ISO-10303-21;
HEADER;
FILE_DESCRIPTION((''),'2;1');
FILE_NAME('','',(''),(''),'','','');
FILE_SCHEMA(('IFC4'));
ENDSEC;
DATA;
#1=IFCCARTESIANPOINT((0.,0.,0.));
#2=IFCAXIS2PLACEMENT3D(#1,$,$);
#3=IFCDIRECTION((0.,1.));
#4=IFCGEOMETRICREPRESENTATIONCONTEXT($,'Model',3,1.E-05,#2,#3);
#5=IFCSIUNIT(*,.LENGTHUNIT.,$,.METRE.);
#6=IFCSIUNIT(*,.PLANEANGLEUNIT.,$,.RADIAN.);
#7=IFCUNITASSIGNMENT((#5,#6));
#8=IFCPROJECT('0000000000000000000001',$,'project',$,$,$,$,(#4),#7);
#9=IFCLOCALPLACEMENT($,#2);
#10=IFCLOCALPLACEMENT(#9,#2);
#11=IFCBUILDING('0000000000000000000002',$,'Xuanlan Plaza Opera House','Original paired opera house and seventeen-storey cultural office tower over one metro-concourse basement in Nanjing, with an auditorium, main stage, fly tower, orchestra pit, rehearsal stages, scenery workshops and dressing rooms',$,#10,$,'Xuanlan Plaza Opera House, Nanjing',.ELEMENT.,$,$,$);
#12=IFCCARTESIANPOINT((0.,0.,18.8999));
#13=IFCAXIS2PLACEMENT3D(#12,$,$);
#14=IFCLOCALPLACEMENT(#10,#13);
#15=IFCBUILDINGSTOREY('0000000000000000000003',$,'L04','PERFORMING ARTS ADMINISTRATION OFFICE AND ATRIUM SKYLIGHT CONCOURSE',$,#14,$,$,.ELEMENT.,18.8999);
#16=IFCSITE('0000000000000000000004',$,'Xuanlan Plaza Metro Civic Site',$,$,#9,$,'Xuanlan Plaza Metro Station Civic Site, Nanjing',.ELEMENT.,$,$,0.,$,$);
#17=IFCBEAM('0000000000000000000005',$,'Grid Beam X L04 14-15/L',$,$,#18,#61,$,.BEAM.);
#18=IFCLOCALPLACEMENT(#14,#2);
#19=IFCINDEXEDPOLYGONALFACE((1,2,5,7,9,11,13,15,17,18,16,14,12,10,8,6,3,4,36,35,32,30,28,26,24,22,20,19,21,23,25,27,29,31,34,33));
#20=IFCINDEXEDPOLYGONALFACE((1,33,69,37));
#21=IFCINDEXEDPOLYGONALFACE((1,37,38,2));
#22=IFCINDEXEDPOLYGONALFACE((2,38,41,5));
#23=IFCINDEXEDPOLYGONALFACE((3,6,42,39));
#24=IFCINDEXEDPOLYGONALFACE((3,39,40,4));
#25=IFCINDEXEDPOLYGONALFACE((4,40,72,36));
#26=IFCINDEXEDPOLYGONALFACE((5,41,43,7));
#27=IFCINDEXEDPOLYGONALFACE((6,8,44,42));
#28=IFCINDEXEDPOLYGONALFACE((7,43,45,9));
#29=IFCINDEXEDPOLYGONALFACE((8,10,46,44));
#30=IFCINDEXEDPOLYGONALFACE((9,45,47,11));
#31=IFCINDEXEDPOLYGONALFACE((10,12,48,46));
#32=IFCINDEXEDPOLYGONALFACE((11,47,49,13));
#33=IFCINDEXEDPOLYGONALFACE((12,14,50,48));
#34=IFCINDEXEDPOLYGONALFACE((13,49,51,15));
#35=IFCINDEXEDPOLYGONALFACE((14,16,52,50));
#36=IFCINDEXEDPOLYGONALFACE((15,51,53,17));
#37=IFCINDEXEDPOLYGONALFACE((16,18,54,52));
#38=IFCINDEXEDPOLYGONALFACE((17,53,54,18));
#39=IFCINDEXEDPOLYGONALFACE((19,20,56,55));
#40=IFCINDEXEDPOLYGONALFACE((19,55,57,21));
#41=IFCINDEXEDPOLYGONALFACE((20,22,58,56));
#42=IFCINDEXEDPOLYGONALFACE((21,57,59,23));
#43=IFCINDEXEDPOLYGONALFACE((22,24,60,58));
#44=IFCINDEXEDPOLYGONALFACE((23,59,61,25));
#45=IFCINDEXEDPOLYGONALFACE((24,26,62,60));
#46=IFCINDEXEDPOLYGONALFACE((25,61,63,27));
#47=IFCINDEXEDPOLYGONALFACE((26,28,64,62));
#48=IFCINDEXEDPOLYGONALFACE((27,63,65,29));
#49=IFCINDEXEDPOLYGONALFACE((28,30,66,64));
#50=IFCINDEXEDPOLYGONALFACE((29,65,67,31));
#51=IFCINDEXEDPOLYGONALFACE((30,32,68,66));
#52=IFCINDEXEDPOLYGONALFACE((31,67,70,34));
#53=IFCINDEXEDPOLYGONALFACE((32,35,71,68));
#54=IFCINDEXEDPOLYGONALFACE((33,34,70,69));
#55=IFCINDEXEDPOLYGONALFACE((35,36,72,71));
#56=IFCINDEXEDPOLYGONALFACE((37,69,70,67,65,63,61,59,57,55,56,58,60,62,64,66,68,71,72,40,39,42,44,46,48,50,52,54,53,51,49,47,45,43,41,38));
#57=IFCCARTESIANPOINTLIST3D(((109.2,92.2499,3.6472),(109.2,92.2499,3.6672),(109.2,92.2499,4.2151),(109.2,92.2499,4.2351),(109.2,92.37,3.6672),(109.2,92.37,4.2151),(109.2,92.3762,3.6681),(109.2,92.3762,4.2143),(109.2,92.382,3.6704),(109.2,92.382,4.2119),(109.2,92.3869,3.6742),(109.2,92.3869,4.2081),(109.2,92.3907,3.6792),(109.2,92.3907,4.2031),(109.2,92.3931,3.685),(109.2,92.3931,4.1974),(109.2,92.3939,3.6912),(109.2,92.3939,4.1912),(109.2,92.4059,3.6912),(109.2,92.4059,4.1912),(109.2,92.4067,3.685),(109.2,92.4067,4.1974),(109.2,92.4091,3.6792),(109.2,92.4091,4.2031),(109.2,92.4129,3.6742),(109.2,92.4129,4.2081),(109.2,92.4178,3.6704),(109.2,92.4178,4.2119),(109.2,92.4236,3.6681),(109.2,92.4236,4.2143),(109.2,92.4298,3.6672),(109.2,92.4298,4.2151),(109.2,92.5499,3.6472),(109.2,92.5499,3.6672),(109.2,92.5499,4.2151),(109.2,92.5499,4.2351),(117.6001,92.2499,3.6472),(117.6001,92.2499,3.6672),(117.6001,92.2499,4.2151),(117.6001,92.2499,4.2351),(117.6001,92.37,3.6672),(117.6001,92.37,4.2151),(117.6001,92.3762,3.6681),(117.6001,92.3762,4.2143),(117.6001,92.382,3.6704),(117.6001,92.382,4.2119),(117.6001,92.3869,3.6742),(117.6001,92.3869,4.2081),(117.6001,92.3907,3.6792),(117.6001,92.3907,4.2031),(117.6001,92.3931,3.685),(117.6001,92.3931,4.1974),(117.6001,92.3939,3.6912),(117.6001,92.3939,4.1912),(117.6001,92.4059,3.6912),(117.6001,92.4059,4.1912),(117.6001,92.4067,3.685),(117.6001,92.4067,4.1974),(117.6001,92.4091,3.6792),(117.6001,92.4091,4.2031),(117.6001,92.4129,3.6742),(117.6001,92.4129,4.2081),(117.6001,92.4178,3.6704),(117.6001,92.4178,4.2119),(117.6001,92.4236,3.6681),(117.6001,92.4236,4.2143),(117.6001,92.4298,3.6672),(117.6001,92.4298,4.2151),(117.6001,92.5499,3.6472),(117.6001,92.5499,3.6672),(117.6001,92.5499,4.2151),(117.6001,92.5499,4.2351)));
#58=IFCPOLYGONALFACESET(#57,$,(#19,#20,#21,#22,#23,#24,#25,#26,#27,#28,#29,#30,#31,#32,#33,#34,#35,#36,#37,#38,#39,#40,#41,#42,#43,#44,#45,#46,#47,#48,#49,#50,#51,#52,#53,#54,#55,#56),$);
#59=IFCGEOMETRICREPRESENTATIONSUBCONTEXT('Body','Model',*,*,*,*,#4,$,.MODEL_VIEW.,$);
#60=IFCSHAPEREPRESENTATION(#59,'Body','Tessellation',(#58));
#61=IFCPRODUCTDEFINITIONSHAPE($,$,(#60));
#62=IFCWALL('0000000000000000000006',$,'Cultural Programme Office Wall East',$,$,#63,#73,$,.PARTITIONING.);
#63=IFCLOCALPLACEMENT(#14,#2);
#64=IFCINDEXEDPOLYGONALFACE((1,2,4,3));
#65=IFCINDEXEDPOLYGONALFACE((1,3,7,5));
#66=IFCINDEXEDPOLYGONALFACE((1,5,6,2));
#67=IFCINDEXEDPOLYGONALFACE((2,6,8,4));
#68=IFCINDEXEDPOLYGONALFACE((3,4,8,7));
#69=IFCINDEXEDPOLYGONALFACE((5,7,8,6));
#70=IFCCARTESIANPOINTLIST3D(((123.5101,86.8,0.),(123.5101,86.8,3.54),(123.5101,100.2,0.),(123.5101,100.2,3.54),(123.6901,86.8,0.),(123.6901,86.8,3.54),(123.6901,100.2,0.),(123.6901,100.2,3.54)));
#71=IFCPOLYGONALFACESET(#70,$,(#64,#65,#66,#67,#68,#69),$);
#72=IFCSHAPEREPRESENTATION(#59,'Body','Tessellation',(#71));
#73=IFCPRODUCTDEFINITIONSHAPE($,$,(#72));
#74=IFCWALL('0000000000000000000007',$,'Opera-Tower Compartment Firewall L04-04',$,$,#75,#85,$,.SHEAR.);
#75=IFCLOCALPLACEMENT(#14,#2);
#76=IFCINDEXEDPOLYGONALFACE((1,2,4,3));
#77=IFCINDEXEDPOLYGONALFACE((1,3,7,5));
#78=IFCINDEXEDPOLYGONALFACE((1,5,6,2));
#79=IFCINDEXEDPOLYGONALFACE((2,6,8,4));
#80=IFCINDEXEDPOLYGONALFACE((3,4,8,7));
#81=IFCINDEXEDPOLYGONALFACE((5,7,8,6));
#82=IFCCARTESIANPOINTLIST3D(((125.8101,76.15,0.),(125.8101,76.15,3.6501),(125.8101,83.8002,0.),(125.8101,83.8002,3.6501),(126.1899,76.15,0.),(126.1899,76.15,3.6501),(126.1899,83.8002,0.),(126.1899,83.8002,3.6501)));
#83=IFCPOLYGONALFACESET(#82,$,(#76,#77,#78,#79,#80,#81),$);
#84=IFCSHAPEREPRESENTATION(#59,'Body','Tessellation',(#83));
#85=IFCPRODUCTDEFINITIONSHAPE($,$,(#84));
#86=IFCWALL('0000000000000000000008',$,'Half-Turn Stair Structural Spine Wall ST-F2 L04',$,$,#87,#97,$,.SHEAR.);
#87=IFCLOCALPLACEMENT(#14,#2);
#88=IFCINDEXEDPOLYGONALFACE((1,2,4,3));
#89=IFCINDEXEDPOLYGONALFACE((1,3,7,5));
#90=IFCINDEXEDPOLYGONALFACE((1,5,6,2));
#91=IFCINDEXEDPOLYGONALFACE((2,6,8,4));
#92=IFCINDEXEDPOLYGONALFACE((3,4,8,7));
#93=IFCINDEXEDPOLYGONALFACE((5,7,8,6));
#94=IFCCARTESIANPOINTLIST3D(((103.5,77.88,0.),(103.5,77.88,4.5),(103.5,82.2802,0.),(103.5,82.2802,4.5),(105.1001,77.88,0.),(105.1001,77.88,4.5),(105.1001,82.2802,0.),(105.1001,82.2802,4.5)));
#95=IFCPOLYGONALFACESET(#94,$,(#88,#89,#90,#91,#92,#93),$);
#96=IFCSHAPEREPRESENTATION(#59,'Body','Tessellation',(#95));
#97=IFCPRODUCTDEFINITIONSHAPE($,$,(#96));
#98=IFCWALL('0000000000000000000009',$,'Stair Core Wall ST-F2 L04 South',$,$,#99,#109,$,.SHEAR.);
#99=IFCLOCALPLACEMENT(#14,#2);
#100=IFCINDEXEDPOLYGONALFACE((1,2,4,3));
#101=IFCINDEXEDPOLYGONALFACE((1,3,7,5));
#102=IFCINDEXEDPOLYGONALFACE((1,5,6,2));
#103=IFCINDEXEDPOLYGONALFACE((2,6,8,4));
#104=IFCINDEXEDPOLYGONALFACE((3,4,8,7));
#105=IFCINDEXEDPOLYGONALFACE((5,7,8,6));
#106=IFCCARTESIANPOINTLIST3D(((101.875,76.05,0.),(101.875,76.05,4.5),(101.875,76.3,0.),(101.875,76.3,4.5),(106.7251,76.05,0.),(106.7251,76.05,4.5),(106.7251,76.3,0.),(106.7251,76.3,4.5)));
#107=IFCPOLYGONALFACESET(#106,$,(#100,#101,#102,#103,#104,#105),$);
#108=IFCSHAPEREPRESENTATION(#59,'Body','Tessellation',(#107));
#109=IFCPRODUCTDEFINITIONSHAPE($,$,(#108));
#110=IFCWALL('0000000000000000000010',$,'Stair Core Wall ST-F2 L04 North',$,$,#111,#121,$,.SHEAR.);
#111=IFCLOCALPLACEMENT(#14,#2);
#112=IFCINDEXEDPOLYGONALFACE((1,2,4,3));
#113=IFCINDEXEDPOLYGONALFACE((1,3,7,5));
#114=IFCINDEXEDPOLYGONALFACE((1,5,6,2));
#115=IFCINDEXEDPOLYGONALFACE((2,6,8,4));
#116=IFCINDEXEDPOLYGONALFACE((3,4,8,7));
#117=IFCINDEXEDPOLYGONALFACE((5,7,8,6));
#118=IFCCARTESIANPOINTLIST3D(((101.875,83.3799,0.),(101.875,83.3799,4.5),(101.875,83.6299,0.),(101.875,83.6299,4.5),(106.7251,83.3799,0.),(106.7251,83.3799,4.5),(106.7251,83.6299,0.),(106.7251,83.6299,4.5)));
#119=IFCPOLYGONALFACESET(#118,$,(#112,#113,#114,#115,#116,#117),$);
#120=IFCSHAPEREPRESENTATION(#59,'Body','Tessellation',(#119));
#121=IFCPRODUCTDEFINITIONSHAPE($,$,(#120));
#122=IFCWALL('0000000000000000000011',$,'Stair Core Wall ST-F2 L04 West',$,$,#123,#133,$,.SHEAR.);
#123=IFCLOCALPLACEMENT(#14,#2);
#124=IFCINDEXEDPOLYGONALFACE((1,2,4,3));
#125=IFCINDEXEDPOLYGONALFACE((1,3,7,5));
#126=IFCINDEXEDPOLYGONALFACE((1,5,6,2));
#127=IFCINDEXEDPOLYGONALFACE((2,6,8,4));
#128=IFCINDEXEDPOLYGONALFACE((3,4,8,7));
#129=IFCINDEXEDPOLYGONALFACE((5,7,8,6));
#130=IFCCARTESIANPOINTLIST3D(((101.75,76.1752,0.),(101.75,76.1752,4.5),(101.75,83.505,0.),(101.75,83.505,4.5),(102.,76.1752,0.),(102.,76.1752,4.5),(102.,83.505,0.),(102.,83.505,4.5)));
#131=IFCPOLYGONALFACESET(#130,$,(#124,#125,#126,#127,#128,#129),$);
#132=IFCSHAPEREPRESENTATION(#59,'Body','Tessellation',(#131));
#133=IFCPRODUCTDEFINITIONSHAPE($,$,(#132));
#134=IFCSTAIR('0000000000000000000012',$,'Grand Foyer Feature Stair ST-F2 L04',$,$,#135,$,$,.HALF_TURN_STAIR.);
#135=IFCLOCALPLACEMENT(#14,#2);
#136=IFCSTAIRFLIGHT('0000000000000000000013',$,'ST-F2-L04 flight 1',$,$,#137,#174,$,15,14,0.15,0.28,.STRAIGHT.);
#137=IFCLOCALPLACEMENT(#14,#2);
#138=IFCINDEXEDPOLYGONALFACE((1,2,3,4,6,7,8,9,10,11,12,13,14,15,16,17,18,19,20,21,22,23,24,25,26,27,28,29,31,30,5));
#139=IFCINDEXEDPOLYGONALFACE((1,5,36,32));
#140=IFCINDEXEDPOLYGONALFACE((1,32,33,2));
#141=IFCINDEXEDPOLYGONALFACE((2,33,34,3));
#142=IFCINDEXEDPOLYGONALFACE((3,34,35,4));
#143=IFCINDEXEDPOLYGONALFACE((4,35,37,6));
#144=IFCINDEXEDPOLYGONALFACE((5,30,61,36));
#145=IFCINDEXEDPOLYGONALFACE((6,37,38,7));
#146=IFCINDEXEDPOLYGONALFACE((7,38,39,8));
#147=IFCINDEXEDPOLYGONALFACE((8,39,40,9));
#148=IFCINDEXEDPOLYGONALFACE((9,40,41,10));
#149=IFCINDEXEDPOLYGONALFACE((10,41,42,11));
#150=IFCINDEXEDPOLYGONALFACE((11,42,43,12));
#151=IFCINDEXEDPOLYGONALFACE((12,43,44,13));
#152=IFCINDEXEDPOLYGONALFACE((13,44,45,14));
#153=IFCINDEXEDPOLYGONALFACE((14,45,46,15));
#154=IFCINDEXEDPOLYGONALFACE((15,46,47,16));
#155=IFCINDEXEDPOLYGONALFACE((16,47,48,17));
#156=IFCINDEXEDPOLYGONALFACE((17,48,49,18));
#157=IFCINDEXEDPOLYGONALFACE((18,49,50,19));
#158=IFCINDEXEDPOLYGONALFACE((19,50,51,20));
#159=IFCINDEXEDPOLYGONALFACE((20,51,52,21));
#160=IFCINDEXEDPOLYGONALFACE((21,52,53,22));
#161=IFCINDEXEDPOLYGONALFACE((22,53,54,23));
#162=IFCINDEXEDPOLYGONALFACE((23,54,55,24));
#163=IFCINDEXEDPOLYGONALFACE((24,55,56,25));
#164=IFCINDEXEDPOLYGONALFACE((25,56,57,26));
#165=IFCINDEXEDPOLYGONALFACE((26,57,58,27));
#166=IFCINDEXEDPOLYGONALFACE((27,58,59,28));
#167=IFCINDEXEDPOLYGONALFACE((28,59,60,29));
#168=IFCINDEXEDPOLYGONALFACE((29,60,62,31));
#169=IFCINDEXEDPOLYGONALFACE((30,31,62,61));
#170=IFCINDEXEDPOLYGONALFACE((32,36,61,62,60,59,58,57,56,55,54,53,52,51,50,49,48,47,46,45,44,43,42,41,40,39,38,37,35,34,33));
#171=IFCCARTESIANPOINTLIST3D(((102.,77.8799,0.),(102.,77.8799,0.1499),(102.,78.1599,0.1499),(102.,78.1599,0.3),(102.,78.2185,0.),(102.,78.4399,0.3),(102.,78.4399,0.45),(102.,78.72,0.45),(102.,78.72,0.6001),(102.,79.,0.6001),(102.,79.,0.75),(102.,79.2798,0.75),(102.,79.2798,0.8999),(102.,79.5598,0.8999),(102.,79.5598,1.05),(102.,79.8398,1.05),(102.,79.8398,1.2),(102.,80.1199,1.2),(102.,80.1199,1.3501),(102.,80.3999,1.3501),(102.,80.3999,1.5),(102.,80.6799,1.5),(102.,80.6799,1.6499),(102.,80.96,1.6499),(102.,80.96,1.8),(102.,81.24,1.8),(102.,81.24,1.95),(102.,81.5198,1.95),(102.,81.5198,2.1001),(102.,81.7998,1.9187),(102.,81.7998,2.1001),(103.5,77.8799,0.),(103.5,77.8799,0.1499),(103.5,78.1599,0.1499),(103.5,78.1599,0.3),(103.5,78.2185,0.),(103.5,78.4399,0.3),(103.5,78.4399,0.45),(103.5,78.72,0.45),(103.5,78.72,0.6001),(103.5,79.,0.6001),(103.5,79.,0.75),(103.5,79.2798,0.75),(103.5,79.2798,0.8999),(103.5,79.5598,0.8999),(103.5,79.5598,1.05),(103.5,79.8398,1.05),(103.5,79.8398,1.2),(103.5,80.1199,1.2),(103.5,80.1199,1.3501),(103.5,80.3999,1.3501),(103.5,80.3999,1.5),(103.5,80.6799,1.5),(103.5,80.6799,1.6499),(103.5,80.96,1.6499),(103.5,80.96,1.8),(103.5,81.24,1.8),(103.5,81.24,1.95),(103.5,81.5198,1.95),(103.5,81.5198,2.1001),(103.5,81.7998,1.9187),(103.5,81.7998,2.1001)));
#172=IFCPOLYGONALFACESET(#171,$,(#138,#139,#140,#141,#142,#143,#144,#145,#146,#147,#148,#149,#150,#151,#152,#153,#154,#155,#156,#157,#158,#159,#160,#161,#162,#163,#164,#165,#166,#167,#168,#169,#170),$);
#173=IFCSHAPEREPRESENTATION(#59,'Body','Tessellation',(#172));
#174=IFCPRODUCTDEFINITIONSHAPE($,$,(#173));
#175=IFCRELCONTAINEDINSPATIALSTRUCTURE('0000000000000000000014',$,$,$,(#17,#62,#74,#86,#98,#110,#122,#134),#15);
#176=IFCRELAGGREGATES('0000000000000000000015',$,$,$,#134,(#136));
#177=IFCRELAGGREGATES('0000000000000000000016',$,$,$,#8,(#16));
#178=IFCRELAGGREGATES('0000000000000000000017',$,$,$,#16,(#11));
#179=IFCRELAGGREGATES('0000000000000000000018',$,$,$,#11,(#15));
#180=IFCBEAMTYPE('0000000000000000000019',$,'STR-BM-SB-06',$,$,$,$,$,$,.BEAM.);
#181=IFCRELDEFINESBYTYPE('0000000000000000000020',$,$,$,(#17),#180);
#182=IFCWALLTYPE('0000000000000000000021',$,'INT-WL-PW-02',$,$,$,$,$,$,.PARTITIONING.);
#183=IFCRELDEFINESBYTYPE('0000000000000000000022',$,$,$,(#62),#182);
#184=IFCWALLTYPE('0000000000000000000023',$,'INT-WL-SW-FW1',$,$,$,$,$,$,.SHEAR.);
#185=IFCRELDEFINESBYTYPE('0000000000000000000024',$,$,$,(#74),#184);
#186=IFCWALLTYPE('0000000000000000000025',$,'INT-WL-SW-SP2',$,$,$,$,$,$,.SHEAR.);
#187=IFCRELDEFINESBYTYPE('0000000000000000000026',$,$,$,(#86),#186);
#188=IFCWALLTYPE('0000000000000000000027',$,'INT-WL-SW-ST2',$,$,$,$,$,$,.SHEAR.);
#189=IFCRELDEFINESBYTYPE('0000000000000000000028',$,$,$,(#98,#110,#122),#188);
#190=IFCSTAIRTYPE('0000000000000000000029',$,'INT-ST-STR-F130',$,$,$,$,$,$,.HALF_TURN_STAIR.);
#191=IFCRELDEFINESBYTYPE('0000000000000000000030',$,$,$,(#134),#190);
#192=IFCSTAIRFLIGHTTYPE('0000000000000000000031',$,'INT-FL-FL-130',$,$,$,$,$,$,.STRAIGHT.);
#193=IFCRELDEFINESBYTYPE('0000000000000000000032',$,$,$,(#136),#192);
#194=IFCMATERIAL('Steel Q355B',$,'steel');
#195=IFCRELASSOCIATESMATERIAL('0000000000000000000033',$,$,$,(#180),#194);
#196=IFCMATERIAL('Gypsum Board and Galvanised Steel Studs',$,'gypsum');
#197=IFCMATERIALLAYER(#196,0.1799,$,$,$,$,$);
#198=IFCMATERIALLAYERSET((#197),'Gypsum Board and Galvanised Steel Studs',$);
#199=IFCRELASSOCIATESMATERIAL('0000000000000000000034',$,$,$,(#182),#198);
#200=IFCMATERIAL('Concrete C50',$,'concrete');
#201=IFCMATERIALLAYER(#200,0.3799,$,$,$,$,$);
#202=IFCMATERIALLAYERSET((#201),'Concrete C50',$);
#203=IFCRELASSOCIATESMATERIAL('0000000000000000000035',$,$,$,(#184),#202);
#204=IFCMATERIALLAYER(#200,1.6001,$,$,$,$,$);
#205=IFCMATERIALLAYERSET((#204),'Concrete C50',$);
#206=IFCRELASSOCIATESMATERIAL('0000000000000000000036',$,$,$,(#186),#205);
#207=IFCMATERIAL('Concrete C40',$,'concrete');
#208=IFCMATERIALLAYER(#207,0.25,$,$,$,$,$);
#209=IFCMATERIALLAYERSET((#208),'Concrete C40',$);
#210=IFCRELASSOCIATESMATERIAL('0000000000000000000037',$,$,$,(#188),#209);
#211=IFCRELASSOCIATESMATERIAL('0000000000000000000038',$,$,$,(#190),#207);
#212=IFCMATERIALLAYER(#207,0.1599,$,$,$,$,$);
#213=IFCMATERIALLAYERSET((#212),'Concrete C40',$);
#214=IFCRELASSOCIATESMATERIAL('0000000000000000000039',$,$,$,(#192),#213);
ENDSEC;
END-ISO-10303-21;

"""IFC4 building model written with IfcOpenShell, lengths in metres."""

from ifc_helpers import new_model, si_unit, direction, frame, frame_2d, origin, origin_2d, place, context, subcontext, project, spatial, polyline, rectangle, i_section, outline, extrude, material, layer, layer_set, material_profile, profile_set, type_object, element, aggregate, save


model = new_model("IFC4")

# Units and contexts
model_context = context("Model", 3, precision=1e-05, world=origin(), true_north=direction((0.0, 1.0)))
body_context = subcontext(model_context, "Body", "Model", "MODEL_VIEW")
ifc_project = project(units=[si_unit("LENGTHUNIT", "METRE"), si_unit("PLANEANGLEUNIT", "RADIAN")], contexts=[model_context])

# Site, building, storey
site_placement = place(None, origin())
site = spatial("IfcSite", under=ifc_project, at=site_placement, Name="Xuanlan Plaza Metro Civic Site", LongName="Xuanlan Plaza Metro Station Civic Site, Nanjing", CompositionType="ELEMENT", RefElevation=0.0)
building_placement = place(site_placement, origin())
building = spatial("IfcBuilding", under=site, at=building_placement, Name="Xuanlan Plaza Opera House", Description="Original paired opera house and seventeen-storey cultural office tower over one metro-concourse basement in Nanjing, with an auditorium, main stage, fly tower, orchestra pit, rehearsal stages, scenery workshops and dressing rooms", LongName="Xuanlan Plaza Opera House, Nanjing", CompositionType="ELEMENT")
storey_placement = place(building_placement, frame((0.0, 0.0, 18.8999)))
storey = spatial("IfcBuildingStorey", under=building, at=storey_placement, Name="L04", Description="PERFORMING ARTS ADMINISTRATION OFFICE AND ATRIUM SKYLIGHT CONCOURSE", CompositionType="ELEMENT", Elevation=18.8999)

# Shared definitions
ifc_material_1 = material(Name="Concrete C40", Category="concrete")
ifc_material_2 = material(Name="Steel Q355B", Category="steel")

# Beam
ifc_material_3 = material(Name="Concrete C50", Category="concrete")
ifc_material_profile_1 = material_profile(ifc_material_2, i_section(OverallWidth=0.3, OverallDepth=0.5879, WebThickness=0.012, FlangeThickness=0.02, FilletRadius=0.0239, at=origin_2d()), Name="HM 588x300x12x20")
ifc_profile_set_1 = profile_set([ifc_material_profile_1], Name="Steel Q355B")
beam_type_1 = type_object("IfcBeamType", Name="STR-BM-SB-06", PredefinedType="BEAM", material=ifc_profile_set_1)
beam_1_placement = place(storey_placement, frame((109.2, 92.3999, 3.9412), z_axis=(1.0, 0.0, 0.0), x_axis=(0.0, 1.0, 0.0)))
element("IfcBeam", 1, at=beam_1_placement, inside=storey, type_object=beam_type_1, Name="Grid Beam X L04 14-15/L", PredefinedType="BEAM", context=body_context, shape_type="SweptSolid", body=[
    extrude(i_section(OverallWidth=0.3, OverallDepth=0.5879, WebThickness=0.012, FlangeThickness=0.02, FilletRadius=0.0239, at=origin_2d()), origin(), (0.0, 0.0, 1.0), 8.4001),
])

# Walls
ifc_material_4 = material(Name="Gypsum Board and Galvanised Steel Studs", Category="gypsum")
ifc_layer_1 = layer(ifc_material_4, 0.1799)
ifc_layer_set_1 = layer_set([ifc_layer_1], Name="Gypsum Board and Galvanised Steel Studs")
wall_type_1 = type_object("IfcWallType", Name="INT-WL-PW-02", PredefinedType="PARTITIONING", material=ifc_layer_set_1)
wall_1_placement = place(storey_placement, frame((123.6001, 86.8, 0.0), z_axis=(0.0, 0.0, 1.0), x_axis=(0.0, 1.0, 0.0)))
element("IfcWall", 2, at=wall_1_placement, inside=storey, type_object=wall_type_1, Name="Cultural Programme Office Wall East", PredefinedType="PARTITIONING", context=body_context, shape_type="SweptSolid", body=[
    extrude(rectangle(XDim=13.3999, YDim=0.1799, at=frame_2d((6.7, 0.0))), origin(), (0.0, 0.0, 1.0), 3.54),
])
ifc_layer_2 = layer(ifc_material_3, 0.3799)
ifc_layer_set_2 = layer_set([ifc_layer_2], Name="Concrete C50")
wall_type_2 = type_object("IfcWallType", Name="INT-WL-SW-FW1", PredefinedType="SHEAR", material=ifc_layer_set_2)
wall_2_placement = place(storey_placement, frame((126.0, 76.1499, 0.0), z_axis=(0.0, 0.0, 1.0), x_axis=(0.0, 1.0, 0.0)))
element("IfcWall", 3, at=wall_2_placement, inside=storey, type_object=wall_type_2, Name="Opera-Tower Compartment Firewall L04-04", PredefinedType="SHEAR", context=body_context, shape_type="SweptSolid", body=[
    extrude(rectangle(XDim=7.6501, YDim=0.3799, at=frame_2d((3.8252, 0.0))), origin(), (0.0, 0.0, 1.0), 3.6501),
])
ifc_layer_3 = layer(ifc_material_3, 1.6001)
ifc_layer_set_3 = layer_set([ifc_layer_3], Name="Concrete C50")
wall_type_3 = type_object("IfcWallType", Name="INT-WL-SW-SP2", PredefinedType="SHEAR", material=ifc_layer_set_3)
wall_3_placement = place(storey_placement, frame((104.3, 77.8799, 0.0), z_axis=(0.0, 0.0, 1.0), x_axis=(0.0, 1.0, 0.0)))
element("IfcWall", 4, at=wall_3_placement, inside=storey, type_object=wall_type_3, Name="Half-Turn Stair Structural Spine Wall ST-F2 L04", PredefinedType="SHEAR", context=body_context, shape_type="SweptSolid", body=[
    extrude(rectangle(XDim=4.4001, YDim=1.6001, at=frame_2d((2.2002, 0.0))), origin(), (0.0, 0.0, 1.0), 4.5),
])
ifc_layer_4 = layer(ifc_material_1, 0.25)
ifc_layer_set_4 = layer_set([ifc_layer_4], Name="Concrete C40")
wall_type_4 = type_object("IfcWallType", Name="INT-WL-SW-ST2", PredefinedType="SHEAR", material=ifc_layer_set_4)
for number, where, z_axis, x_axis, name in (
    (5, (101.875, 76.175, 0.0), (0.0, 0.0, 1.0), (1.0, 0.0, 0.0), "Stair Core Wall ST-F2 L04 South"),
    (6, (101.875, 83.5049, 0.0), (0.0, 0.0, 1.0), (1.0, 0.0, 0.0), "Stair Core Wall ST-F2 L04 North"),
):
    element("IfcWall", number, at=place(storey_placement, frame(where, z_axis=z_axis, x_axis=x_axis)), inside=storey, type_object=wall_type_4, Name=name, PredefinedType="SHEAR", context=body_context, shape_type="SweptSolid", body=[
        extrude(rectangle(XDim=4.8501, YDim=0.25, at=frame_2d((2.425, 0.0))), origin(), (0.0, 0.0, 1.0), 4.5),
    ])
wall_4_placement = place(storey_placement, frame((101.875, 76.175, 0.0), z_axis=(0.0, 0.0, 1.0), x_axis=(0.0, 1.0, 0.0)))
element("IfcWall", 7, at=wall_4_placement, inside=storey, type_object=wall_type_4, Name="Stair Core Wall ST-F2 L04 West", PredefinedType="SHEAR", context=body_context, shape_type="SweptSolid", body=[
    extrude(rectangle(XDim=7.3298, YDim=0.25, at=frame_2d((3.665, 0.0))), origin(), (0.0, 0.0, 1.0), 4.5),
])

# Stair, stair flight
stair_type = type_object("IfcStairType", Name="INT-ST-STR-F130", PredefinedType="HALF_TURN_STAIR", material=ifc_material_1)
stair_placement = place(storey_placement, origin())
stair = element("IfcStair", 8, at=stair_placement, inside=storey, type_object=stair_type, Name="Grand Foyer Feature Stair ST-F2 L04", PredefinedType="HALF_TURN_STAIR")
ifc_layer_5 = layer(ifc_material_1, 0.1599)
ifc_layer_set_5 = layer_set([ifc_layer_5], Name="Concrete C40")
stair_flight_type = type_object("IfcStairFlightType", Name="INT-FL-FL-130", PredefinedType="STRAIGHT", material=ifc_layer_set_5)
stair_flight_1_placement = place(storey_placement, frame((102.75, 77.8799, 0.0), z_axis=(0.0, 0.0, 1.0), x_axis=(0.0, 1.0, 0.0)))
stair_flight_1 = element("IfcStairFlight", 9, at=stair_flight_1_placement, type_object=stair_flight_type, Name="ST-F2-L04 flight 1", NumberOfRisers=15, NumberOfTreads=14, PredefinedType="STRAIGHT", RiserHeight=0.15, TreadLength=0.28, context=body_context, shape_type="SweptSolid", body=[
    extrude(outline(polyline([(0.0, 0.0), (0.0, 0.1499), (0.28, 0.1499), (0.28, 0.3), (0.5601, 0.3), (0.5601, 0.45), (0.8401, 0.45), (0.8401, 0.6001), (1.1201, 0.6001), (1.1201, 0.75), (1.3999, 0.75), (1.3999, 0.8999), (1.6799, 0.8999), (1.6799, 1.05), (1.96, 1.05), (1.96, 1.2), (2.24, 1.2), (2.24, 1.3501), (2.52, 1.3501), (2.52, 1.5), (2.8, 1.5), (2.8, 1.6499), (3.0801, 1.6499), (3.0801, 1.8), (3.3601, 1.8), (3.3601, 1.95), (3.6399, 1.95), (3.6399, 2.1001), (3.9199, 2.1001), (3.9199, 2.25), (3.9199, 1.9187), (0.3386, 0.0), (0.0, 0.0)])), frame((0.0, 0.75, 0.0), z_axis=(0.0, -1.0, 0.0), x_axis=(1.0, 0.0, 0.0)), (0.0, 0.0, 1.0), 1.5),
])
aggregate(stair, [stair_flight_1])

save(model, "model.ifc")
